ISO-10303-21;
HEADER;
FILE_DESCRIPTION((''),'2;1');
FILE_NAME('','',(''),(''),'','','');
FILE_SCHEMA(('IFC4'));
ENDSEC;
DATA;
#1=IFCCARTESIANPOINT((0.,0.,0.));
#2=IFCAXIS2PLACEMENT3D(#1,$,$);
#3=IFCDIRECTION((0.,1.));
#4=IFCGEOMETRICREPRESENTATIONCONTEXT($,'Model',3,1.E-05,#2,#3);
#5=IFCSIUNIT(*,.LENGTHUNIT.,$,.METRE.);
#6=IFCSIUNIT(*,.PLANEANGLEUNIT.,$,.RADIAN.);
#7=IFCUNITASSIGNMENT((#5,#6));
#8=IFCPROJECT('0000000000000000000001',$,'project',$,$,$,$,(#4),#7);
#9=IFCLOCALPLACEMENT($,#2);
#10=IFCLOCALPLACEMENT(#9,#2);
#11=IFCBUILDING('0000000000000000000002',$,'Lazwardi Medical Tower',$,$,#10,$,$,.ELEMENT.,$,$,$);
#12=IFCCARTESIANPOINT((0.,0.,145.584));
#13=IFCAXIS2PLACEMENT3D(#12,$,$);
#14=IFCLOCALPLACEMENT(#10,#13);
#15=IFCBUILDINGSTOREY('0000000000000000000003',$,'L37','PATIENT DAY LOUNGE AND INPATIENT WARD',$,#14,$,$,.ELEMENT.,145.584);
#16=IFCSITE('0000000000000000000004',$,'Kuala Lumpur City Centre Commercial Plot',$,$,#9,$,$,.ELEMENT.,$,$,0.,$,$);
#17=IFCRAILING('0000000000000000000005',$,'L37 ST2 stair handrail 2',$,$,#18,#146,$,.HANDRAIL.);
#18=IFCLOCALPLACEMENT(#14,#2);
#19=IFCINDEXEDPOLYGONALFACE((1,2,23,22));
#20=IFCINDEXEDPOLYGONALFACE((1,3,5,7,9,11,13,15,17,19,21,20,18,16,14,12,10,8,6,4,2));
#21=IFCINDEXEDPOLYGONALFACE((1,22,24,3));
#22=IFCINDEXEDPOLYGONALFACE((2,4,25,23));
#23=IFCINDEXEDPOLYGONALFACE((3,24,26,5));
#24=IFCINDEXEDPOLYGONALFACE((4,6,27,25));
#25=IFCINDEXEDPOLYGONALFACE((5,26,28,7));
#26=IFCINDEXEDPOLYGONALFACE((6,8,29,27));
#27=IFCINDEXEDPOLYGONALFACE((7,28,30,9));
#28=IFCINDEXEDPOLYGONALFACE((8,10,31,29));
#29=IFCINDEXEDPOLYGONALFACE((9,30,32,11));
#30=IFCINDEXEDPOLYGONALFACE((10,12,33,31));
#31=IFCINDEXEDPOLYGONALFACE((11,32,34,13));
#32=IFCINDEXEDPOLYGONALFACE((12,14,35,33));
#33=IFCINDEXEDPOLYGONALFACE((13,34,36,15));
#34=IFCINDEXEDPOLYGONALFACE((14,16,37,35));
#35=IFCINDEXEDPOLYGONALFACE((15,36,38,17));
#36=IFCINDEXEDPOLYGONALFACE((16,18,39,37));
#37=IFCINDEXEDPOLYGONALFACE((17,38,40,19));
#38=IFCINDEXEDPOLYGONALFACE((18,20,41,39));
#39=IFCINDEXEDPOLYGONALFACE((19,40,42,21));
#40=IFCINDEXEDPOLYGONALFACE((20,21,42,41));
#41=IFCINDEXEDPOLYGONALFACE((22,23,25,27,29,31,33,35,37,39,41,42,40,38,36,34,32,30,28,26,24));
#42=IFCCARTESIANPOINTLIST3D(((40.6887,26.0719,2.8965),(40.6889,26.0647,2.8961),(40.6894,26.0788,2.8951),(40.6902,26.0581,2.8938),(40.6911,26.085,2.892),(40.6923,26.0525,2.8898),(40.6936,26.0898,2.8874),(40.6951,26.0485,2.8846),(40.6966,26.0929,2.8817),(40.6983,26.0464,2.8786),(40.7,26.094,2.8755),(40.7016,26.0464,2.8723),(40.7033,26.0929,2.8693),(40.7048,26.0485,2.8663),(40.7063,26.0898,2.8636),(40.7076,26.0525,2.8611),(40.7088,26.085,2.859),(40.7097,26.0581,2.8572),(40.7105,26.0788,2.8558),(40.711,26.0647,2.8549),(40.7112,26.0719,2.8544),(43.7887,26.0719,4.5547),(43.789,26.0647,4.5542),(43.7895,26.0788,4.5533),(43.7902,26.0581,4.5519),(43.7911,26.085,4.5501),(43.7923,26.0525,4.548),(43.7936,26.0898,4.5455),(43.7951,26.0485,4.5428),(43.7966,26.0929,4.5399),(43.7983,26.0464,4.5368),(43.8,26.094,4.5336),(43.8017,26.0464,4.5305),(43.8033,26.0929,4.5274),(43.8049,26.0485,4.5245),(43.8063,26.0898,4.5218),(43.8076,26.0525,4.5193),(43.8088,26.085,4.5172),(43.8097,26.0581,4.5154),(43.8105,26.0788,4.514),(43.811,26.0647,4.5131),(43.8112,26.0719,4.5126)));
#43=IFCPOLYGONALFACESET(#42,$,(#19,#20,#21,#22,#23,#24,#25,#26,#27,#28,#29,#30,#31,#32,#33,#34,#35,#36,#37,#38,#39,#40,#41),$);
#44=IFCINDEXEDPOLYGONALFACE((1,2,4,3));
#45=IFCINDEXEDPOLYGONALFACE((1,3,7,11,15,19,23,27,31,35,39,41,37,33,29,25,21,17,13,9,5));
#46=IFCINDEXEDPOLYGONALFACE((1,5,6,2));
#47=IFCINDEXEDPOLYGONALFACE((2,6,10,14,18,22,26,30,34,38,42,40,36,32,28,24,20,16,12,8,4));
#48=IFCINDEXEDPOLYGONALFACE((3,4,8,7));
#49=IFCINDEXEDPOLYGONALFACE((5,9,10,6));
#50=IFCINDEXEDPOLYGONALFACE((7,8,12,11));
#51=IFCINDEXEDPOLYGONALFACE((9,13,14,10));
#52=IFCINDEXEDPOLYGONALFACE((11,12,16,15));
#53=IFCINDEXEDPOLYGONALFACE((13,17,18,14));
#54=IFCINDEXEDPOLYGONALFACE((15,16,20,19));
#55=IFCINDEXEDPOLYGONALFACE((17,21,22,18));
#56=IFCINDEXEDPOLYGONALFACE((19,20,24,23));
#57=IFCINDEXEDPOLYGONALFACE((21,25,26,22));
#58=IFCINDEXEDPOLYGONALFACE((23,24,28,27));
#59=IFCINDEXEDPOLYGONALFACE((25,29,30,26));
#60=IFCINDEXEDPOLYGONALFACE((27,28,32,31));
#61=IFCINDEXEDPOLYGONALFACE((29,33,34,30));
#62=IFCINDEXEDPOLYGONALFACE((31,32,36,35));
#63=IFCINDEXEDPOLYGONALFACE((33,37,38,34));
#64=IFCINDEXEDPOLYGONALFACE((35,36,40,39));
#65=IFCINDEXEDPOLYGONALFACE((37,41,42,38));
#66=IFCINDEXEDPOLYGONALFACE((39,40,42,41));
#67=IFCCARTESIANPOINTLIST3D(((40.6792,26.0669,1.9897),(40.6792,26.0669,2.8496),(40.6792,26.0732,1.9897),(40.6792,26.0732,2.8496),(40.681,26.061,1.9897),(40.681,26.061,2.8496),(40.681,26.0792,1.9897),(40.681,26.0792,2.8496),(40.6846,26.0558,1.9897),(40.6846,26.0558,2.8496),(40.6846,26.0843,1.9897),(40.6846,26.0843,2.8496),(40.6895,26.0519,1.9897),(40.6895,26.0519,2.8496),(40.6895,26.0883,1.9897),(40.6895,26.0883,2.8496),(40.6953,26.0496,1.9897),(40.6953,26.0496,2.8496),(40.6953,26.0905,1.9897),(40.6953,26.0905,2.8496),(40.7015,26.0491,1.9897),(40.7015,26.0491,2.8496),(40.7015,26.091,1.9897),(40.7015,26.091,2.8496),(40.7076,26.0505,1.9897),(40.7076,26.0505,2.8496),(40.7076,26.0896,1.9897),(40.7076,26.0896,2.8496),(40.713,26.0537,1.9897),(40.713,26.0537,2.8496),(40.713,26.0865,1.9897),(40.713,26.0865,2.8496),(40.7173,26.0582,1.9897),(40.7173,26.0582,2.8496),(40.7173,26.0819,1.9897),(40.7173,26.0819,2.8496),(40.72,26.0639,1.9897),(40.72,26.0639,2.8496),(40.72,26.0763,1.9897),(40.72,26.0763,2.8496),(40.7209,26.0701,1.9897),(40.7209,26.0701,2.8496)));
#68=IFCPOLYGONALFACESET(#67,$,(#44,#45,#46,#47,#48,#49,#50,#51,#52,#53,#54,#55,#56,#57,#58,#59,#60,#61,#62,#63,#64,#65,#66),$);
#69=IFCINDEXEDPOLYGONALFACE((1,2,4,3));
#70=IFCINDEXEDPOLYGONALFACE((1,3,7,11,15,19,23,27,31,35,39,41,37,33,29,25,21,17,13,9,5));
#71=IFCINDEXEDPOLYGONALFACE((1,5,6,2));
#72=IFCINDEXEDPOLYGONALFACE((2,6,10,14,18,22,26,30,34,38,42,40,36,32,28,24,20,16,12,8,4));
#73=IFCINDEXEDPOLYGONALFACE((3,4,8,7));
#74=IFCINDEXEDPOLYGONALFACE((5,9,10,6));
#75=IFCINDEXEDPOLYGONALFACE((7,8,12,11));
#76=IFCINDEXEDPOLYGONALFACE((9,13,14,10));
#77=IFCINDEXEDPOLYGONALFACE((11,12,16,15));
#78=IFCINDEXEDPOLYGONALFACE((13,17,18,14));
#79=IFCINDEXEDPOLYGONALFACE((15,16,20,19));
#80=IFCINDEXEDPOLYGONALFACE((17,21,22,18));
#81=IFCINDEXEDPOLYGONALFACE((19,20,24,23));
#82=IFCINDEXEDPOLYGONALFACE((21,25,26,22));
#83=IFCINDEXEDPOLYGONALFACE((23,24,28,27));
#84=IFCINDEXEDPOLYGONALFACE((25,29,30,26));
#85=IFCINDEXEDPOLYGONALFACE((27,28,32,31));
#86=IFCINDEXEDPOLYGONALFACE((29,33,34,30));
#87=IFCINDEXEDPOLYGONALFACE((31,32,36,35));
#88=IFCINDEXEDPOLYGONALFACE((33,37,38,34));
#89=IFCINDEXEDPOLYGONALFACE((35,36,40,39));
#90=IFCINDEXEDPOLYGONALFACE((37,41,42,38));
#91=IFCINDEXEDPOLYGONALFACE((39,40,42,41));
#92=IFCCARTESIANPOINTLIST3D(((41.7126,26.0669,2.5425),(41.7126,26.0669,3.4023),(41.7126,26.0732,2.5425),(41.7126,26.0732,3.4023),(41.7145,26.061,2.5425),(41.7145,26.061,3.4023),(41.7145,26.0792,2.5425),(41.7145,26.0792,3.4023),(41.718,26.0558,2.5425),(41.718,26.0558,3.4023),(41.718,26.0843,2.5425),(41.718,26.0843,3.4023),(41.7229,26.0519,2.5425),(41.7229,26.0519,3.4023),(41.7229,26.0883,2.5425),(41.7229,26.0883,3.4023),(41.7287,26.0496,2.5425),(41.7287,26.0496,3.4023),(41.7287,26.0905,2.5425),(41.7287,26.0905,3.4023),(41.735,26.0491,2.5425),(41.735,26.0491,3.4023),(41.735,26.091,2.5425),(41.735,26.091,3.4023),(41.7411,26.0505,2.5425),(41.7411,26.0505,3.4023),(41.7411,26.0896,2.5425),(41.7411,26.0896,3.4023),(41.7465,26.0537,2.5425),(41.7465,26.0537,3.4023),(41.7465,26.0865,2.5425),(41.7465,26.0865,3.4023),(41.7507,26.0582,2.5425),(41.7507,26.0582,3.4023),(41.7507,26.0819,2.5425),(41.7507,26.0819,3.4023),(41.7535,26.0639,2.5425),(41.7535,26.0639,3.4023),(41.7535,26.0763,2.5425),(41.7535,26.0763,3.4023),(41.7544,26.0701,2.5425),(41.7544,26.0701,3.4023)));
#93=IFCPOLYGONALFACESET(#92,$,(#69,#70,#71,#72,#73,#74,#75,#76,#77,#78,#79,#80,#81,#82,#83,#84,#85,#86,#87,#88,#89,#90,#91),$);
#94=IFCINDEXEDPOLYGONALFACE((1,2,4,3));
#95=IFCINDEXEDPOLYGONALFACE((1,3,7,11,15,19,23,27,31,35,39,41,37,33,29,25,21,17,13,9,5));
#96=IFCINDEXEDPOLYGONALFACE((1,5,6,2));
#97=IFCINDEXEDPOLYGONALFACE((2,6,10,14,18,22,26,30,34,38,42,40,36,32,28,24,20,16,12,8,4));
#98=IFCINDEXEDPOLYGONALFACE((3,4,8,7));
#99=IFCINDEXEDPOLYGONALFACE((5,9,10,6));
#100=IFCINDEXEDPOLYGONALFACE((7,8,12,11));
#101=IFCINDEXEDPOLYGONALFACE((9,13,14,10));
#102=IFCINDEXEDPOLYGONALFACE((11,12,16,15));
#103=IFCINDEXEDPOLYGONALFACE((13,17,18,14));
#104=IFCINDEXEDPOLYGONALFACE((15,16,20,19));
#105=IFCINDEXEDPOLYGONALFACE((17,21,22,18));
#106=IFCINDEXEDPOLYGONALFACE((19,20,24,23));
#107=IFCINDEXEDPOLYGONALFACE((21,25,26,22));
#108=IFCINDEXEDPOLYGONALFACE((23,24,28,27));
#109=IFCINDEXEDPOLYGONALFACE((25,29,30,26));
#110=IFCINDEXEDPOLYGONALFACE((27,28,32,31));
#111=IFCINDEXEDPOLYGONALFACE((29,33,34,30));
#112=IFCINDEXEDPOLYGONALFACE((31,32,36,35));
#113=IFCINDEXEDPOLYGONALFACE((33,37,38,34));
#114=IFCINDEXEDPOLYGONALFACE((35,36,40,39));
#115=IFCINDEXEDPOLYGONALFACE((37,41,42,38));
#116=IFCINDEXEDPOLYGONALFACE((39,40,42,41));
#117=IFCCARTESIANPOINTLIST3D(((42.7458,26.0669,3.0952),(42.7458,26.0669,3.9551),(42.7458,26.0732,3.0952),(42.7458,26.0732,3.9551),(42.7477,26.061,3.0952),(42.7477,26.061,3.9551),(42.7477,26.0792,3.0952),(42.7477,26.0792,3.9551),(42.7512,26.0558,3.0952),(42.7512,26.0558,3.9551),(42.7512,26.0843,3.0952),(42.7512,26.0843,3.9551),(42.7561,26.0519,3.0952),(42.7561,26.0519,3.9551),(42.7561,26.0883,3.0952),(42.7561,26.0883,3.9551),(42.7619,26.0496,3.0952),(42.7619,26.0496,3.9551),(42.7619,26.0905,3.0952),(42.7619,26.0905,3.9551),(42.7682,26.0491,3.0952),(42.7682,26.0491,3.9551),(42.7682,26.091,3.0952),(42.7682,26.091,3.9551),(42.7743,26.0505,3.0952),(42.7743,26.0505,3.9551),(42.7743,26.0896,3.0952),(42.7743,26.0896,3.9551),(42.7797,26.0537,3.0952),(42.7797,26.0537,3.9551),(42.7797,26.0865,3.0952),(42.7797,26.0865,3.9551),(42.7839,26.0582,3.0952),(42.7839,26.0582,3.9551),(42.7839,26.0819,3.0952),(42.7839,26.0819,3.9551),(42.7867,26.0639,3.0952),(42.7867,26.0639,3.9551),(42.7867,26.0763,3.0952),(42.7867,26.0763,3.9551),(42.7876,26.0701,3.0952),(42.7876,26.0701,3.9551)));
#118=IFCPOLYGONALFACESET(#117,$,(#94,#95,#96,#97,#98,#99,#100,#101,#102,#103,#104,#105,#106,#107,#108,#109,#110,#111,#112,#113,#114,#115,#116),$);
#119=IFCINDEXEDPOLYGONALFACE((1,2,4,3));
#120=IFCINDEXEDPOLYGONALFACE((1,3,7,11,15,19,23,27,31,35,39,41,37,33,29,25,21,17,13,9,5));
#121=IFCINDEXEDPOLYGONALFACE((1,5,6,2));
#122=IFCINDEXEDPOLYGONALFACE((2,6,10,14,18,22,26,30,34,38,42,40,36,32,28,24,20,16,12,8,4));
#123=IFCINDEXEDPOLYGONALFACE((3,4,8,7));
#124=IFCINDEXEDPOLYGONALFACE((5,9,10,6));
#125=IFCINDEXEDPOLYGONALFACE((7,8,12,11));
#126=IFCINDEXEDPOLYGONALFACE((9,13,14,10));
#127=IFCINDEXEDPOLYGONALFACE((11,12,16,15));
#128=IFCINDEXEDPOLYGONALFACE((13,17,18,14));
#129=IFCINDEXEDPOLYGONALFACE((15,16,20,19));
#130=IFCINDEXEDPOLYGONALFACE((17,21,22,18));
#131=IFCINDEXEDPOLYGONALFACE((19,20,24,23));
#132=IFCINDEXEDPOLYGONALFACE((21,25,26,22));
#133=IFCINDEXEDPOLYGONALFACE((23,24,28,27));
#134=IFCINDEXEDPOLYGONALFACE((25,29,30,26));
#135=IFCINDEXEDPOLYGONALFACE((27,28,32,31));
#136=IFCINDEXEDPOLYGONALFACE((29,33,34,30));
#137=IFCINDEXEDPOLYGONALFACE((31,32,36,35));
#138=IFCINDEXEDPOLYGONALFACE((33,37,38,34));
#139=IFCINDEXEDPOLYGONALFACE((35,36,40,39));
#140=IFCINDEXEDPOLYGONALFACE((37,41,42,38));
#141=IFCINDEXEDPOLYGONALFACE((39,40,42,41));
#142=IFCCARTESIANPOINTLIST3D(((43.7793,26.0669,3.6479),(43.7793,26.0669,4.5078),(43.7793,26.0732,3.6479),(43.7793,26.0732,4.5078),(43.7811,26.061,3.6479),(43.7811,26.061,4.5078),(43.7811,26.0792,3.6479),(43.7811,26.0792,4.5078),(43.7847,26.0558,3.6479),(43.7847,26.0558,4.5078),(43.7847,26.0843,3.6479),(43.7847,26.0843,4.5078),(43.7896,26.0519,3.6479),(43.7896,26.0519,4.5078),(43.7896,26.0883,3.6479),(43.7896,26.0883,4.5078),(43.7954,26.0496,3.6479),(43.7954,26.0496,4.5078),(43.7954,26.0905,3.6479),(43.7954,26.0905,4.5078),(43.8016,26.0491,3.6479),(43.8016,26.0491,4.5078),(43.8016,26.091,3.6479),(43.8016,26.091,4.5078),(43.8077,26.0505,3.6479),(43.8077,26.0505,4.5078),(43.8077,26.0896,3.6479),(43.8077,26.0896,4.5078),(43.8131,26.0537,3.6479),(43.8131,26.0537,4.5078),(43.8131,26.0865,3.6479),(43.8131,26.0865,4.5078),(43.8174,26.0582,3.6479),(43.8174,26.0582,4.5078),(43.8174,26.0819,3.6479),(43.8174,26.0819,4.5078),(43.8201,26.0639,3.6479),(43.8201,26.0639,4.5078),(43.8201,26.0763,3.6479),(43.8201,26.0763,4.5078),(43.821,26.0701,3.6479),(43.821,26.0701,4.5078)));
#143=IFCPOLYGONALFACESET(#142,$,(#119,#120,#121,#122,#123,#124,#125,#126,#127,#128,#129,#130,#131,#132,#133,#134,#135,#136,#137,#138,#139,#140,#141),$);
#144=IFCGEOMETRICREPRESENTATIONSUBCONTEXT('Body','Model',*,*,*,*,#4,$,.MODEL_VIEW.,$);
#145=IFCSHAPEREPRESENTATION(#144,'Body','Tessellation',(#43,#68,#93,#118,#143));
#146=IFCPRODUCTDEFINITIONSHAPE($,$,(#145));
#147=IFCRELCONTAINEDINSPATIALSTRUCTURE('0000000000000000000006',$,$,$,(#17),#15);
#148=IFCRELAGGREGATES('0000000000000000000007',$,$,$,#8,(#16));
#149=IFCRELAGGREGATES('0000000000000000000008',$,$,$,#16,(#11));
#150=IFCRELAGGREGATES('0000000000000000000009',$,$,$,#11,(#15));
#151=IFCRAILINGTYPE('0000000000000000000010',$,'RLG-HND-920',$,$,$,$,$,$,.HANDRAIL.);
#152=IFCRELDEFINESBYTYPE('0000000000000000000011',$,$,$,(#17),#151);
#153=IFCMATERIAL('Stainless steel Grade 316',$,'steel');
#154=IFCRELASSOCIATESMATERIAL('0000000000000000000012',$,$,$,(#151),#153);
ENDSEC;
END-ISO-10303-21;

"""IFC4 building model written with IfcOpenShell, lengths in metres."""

from ifc_helpers import new_model, si_unit, direction, frame, origin, origin_2d, place, context, subcontext, project, spatial, circle, extrude, material, type_object, element, save


model = new_model("IFC4")

# Units and contexts
model_context = context("Model", 3, precision=1e-05, world=origin(), true_north=direction((0.0, 1.0)))
body_context = subcontext(model_context, "Body", "Model", "MODEL_VIEW")
ifc_project = project(units=[si_unit("LENGTHUNIT", "METRE"), si_unit("PLANEANGLEUNIT", "RADIAN")], contexts=[model_context])

# Site, building, storey
site_placement = place(None, origin())
site = spatial("IfcSite", under=ifc_project, at=site_placement, Name="Kuala Lumpur City Centre Commercial Plot", CompositionType="ELEMENT", RefElevation=0.0)
building_placement = place(site_placement, origin())
building = spatial("IfcBuilding", under=site, at=building_placement, Name="Lazwardi Medical Tower", CompositionType="ELEMENT")
storey_placement = place(building_placement, frame((0.0, 0.0, 145.584)))
storey = spatial("IfcBuildingStorey", under=building, at=storey_placement, Name="L37", Description="PATIENT DAY LOUNGE AND INPATIENT WARD", CompositionType="ELEMENT", Elevation=145.584)

# Railing
ifc_material_1 = material(Name="Stainless steel Grade 316", Category="steel")
railing_type_1 = type_object("IfcRailingType", Name="RLG-HND-920", PredefinedType="HANDRAIL", material=ifc_material_1)
railing_1_placement = place(storey_placement, frame((40.7, 26.0701, 1.9897)))
element("IfcRailing", 1, at=railing_1_placement, inside=storey, type_object=railing_type_1, Name="L37 ST2 stair handrail 2", PredefinedType="HANDRAIL", context=body_context, shape_type="SweptSolid", body=[
    extrude(circle(Radius=0.0239, at=origin_2d()), frame((0.0, 0.0, 0.8857), z_axis=(0.881783, 0.0, 0.471655), x_axis=(0.0, 1.0, 0.0)), (0.0, 0.0, 1.0), 3.5156),
    extrude(circle(Radius=0.021, at=origin_2d()), origin(), (0.0, 0.0, 1.0), 0.8599),
    extrude(circle(Radius=0.021, at=origin_2d()), frame((1.0334, 0.0, 0.5527)), (0.0, 0.0, 1.0), 0.8599),
    extrude(circle(Radius=0.021, at=origin_2d()), frame((2.0667, 0.0, 1.1055)), (0.0, 0.0, 1.0), 0.8599),
    extrude(circle(Radius=0.021, at=origin_2d()), frame((3.1001, 0.0, 1.6582)), (0.0, 0.0, 1.0), 0.8599),
])

save(model, "model.ifc")
